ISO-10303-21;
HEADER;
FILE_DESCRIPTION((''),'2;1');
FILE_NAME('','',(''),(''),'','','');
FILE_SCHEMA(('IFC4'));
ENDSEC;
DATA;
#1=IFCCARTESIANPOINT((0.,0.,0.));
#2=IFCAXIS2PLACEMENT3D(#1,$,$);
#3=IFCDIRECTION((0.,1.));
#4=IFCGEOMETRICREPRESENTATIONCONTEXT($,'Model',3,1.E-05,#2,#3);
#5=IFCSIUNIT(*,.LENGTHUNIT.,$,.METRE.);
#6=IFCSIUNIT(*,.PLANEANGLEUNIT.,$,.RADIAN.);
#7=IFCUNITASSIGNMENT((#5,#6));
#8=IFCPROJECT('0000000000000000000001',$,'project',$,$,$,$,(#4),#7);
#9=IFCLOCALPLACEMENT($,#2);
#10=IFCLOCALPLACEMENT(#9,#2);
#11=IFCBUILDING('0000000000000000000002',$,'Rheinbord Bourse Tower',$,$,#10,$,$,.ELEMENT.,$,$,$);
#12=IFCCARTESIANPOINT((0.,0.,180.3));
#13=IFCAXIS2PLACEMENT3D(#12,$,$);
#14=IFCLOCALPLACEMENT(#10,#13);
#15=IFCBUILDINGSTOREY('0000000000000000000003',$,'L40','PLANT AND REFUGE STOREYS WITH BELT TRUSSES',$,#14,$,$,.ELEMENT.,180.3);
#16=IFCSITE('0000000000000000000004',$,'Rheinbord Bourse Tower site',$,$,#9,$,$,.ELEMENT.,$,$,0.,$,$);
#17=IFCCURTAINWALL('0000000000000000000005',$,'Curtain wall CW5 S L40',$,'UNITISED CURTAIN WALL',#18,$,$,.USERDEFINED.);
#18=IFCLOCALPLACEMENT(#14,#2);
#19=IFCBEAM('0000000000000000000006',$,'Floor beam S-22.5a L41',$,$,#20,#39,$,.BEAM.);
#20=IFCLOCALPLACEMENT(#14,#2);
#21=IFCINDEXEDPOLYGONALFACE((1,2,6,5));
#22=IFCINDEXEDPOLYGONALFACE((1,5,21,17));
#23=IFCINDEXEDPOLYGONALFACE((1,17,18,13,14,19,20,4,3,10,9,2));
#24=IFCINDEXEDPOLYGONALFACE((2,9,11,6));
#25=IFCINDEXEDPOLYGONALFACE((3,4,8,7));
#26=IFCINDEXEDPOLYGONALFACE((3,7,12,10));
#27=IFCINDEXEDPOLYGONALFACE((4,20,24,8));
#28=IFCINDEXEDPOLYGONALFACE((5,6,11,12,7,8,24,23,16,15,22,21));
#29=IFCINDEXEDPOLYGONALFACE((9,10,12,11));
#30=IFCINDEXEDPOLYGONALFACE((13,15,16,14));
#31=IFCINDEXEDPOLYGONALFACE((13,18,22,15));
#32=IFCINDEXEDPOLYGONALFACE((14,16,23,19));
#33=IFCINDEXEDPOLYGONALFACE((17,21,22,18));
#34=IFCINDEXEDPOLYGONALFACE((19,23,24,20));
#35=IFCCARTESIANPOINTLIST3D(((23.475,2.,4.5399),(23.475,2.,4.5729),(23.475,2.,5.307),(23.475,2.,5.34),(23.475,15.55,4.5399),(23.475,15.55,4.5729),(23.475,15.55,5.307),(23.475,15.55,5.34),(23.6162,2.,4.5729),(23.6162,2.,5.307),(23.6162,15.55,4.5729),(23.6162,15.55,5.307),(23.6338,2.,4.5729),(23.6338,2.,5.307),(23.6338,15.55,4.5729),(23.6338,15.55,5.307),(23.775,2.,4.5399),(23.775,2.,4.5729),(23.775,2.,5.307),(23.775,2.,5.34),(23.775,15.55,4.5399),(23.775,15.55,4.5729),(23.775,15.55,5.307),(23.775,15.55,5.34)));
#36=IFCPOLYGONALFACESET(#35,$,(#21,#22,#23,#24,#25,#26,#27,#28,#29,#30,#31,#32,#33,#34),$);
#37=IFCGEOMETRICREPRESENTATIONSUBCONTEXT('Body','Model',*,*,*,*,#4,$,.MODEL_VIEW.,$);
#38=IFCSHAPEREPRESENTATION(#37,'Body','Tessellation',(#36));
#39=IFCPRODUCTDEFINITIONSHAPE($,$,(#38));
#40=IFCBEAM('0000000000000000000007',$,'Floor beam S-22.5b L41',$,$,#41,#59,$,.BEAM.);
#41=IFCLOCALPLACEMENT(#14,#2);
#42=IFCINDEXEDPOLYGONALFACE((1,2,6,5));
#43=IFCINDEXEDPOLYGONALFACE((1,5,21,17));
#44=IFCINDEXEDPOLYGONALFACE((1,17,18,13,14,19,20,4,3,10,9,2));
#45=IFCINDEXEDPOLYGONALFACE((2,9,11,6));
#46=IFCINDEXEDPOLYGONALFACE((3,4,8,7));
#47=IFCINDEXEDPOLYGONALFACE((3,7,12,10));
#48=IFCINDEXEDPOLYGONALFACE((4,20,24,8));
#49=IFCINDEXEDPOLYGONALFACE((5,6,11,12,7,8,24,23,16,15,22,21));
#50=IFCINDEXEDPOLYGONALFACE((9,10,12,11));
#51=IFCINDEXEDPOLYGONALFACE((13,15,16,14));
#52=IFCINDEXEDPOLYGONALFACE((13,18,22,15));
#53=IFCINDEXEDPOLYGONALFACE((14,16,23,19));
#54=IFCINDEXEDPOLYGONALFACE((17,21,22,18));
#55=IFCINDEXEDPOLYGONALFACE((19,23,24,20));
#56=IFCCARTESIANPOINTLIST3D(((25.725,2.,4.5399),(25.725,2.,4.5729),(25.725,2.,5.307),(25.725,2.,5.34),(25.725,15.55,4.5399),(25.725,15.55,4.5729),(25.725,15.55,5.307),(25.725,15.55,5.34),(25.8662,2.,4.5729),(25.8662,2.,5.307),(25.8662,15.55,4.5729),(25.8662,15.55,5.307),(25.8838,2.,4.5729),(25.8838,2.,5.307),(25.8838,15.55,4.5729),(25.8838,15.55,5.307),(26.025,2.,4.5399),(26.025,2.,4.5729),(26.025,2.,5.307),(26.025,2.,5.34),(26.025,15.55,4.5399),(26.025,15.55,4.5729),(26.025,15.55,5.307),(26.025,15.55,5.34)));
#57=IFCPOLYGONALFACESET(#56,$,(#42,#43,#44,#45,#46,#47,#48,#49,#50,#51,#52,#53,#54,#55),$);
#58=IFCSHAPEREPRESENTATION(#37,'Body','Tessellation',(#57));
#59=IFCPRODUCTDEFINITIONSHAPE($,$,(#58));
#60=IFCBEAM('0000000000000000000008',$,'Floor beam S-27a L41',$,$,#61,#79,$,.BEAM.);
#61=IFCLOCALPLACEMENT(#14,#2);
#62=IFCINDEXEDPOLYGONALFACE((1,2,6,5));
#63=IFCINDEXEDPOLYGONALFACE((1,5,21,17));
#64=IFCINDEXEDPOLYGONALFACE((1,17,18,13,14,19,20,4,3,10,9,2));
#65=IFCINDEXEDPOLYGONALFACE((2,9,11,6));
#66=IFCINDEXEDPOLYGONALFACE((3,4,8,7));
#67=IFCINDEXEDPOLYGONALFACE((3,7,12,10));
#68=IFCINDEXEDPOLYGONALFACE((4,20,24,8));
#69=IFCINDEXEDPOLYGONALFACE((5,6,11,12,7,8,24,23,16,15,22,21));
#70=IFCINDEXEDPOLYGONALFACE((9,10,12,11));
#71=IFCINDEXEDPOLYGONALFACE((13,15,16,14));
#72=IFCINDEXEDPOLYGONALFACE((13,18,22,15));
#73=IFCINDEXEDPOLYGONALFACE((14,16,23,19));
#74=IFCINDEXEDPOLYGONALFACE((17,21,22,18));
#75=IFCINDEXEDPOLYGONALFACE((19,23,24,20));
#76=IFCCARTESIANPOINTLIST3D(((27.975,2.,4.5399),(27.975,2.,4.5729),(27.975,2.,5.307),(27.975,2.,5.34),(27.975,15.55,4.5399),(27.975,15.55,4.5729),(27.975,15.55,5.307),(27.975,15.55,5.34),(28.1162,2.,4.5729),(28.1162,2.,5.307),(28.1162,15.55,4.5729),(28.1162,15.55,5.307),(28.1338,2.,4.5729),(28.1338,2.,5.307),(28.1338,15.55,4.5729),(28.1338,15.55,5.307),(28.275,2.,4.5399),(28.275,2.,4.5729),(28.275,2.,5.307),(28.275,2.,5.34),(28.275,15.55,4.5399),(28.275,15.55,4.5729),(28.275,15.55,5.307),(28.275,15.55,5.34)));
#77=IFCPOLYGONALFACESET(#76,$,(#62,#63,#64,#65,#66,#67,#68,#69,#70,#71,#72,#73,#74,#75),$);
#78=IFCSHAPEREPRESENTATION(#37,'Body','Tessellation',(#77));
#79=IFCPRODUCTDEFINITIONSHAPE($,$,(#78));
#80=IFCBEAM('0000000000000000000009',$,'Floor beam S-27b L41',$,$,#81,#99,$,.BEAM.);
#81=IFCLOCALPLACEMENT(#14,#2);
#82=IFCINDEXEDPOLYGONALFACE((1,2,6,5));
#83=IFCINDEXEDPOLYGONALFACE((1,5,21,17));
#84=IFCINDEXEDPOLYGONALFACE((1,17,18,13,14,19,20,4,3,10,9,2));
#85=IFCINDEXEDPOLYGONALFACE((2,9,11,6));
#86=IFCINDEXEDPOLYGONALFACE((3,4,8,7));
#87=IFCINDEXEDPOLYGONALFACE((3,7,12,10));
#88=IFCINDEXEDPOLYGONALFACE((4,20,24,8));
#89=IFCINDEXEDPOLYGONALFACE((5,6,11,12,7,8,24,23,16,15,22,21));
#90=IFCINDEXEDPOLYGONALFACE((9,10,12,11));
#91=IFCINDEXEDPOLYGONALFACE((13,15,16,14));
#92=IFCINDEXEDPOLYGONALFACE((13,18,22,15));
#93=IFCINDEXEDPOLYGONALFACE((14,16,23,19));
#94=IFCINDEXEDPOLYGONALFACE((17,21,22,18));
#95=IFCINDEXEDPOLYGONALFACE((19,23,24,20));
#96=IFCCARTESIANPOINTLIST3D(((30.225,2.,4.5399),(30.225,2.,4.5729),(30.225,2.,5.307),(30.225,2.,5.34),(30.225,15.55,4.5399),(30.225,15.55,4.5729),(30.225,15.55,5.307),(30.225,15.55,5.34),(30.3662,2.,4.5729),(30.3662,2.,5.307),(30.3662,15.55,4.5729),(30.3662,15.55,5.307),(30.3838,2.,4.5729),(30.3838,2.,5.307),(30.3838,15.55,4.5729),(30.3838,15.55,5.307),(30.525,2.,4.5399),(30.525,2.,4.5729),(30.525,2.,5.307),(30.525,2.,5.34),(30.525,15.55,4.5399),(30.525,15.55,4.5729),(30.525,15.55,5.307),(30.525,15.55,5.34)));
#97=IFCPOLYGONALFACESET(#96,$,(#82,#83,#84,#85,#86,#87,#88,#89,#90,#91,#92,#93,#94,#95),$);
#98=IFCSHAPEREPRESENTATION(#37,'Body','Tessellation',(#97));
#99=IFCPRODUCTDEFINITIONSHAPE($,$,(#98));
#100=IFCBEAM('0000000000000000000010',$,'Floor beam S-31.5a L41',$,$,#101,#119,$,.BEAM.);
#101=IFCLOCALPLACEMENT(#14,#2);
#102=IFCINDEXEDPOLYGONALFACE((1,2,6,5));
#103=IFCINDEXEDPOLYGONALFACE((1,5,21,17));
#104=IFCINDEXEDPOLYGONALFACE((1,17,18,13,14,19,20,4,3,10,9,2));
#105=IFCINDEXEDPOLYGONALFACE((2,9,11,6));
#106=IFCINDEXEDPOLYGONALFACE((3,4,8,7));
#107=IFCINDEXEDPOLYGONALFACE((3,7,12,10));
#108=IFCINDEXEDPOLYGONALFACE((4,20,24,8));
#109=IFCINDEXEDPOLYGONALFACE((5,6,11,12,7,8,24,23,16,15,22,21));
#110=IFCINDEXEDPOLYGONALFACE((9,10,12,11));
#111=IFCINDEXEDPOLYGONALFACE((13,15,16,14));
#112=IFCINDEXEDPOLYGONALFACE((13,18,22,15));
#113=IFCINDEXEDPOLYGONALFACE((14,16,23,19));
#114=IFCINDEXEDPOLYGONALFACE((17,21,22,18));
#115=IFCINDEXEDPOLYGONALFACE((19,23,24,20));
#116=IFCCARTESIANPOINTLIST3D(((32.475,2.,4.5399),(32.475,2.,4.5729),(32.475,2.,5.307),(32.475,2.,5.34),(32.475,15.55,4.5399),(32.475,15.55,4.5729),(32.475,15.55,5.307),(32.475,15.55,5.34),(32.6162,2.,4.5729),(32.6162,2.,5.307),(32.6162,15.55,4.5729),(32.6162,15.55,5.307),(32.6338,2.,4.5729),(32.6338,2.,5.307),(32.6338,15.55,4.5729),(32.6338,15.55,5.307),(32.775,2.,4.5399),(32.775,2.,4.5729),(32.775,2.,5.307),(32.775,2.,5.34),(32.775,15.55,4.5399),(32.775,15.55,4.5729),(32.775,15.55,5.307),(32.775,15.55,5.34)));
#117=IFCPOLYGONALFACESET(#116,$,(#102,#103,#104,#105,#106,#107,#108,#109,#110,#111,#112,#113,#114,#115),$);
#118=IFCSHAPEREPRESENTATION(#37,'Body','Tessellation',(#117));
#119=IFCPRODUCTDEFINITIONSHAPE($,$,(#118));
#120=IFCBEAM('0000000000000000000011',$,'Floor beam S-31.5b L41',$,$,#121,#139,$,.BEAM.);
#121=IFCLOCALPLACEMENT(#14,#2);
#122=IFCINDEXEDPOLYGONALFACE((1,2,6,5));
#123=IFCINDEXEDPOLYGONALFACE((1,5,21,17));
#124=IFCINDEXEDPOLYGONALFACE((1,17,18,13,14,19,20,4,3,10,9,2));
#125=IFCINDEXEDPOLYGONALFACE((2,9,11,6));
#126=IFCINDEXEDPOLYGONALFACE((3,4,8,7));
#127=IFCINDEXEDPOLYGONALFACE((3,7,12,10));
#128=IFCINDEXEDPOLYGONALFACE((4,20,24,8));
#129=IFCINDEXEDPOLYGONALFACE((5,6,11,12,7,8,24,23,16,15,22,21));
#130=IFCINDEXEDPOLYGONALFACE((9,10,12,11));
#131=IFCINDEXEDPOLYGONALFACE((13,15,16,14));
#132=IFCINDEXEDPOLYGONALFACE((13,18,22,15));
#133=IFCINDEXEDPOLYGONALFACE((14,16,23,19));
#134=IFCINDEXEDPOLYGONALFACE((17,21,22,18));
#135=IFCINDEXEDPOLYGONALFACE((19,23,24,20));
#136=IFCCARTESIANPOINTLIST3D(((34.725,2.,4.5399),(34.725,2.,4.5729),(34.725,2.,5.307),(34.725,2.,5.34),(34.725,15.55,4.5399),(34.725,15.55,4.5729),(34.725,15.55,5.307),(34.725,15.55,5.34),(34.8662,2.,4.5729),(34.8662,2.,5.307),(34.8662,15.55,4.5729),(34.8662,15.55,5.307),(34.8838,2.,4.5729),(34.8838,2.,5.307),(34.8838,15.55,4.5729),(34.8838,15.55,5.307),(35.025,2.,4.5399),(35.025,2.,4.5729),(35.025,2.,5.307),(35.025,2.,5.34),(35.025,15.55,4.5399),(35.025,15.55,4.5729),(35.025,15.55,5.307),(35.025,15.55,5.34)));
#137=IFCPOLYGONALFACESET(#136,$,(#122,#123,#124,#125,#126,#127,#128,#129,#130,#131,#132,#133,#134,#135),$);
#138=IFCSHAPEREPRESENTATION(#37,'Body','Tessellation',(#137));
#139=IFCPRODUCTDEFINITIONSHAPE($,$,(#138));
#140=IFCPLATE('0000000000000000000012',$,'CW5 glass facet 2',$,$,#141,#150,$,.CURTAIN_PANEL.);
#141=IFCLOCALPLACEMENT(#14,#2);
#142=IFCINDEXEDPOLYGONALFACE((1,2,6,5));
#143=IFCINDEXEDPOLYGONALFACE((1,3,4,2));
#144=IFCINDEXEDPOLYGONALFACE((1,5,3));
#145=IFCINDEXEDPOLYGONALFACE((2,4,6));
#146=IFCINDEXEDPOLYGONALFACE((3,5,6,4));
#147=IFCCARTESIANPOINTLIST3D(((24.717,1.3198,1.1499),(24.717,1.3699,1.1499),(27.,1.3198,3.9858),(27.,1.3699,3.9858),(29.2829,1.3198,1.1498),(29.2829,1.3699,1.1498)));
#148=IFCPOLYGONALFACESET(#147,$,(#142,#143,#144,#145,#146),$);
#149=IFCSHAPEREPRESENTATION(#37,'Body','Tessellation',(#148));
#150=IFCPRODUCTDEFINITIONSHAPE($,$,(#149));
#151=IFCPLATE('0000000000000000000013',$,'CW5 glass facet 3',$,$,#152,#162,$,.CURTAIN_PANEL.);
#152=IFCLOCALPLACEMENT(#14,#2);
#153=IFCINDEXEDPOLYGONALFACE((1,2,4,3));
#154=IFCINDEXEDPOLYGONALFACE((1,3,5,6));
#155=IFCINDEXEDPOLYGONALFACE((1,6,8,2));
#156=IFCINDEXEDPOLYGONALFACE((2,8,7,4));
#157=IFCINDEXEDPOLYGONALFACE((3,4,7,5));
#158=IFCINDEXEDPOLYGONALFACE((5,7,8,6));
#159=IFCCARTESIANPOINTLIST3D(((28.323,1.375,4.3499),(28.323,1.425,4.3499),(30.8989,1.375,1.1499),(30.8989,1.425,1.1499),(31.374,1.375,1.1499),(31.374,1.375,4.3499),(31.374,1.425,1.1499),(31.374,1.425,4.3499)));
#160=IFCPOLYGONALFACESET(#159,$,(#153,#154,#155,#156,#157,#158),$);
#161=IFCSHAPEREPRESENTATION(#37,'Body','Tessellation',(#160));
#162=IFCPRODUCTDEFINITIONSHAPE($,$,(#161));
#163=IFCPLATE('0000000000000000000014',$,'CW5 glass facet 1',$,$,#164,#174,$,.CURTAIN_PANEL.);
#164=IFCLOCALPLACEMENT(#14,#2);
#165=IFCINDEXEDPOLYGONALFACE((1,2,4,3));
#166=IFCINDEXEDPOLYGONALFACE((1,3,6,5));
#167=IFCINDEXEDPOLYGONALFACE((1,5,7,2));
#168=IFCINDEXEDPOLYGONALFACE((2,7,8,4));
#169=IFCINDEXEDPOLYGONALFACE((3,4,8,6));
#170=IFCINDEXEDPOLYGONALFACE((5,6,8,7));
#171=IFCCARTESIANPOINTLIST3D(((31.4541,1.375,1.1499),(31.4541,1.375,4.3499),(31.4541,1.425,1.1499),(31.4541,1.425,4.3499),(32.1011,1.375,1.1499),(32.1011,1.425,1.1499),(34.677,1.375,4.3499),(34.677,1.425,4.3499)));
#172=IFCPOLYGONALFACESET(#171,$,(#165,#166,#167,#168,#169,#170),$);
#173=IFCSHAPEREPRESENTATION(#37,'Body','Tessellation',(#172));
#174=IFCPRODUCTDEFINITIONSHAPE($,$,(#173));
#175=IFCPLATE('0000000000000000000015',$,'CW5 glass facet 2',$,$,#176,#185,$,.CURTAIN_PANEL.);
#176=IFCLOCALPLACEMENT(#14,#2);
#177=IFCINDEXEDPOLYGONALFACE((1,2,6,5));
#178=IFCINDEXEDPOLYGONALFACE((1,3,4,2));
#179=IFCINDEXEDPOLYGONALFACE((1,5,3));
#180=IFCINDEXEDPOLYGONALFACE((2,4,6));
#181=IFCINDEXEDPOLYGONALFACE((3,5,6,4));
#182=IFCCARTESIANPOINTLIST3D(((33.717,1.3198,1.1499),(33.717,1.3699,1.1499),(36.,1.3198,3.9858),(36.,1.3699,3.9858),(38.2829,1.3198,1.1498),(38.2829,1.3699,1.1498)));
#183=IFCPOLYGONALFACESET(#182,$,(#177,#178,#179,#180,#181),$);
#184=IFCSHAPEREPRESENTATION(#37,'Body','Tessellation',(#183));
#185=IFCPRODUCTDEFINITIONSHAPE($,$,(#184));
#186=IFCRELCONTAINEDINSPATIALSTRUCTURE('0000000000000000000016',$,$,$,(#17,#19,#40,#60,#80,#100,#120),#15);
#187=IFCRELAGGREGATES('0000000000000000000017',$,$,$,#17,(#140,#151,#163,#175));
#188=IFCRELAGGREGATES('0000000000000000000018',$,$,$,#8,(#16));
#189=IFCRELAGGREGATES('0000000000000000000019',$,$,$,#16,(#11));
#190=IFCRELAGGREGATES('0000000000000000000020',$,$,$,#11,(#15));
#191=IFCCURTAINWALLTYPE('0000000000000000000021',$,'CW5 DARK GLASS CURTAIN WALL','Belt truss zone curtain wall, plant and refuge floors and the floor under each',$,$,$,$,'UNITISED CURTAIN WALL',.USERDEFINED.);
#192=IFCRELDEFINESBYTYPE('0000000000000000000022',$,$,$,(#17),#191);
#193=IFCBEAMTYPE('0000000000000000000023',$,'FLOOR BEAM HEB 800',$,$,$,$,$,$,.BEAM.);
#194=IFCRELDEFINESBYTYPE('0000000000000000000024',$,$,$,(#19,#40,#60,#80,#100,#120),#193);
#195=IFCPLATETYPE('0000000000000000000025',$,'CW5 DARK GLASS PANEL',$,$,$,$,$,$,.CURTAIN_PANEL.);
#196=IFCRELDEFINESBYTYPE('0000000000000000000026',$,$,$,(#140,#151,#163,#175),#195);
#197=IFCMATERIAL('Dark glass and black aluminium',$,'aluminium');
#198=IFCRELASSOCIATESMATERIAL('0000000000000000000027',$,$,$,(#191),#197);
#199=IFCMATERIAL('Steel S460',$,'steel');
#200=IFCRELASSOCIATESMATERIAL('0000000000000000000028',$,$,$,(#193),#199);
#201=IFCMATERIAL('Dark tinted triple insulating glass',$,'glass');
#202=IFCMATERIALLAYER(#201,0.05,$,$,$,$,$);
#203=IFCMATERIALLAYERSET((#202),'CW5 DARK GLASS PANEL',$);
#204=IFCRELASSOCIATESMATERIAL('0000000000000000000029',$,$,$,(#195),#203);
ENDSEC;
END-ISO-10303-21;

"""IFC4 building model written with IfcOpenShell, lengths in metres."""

from ifc_helpers import new_model, si_unit, direction, frame, origin, origin_2d, place, context, subcontext, project, spatial, polyline, i_section, outline, extrude, material, layer, layer_set, material_profile, profile_set, type_object, element, aggregate, save


model = new_model("IFC4")

# Units and contexts
model_context = context("Model", 3, precision=1e-05, world=origin(), true_north=direction((0.0, 1.0)))
body_context = subcontext(model_context, "Body", "Model", "MODEL_VIEW")
ifc_project = project(units=[si_unit("LENGTHUNIT", "METRE"), si_unit("PLANEANGLEUNIT", "RADIAN")], contexts=[model_context])

# Site, building, storey
site_placement = place(None, origin())
site = spatial("IfcSite", under=ifc_project, at=site_placement, Name="Rheinbord Bourse Tower site", CompositionType="ELEMENT", RefElevation=0.0)
building_placement = place(site_placement, origin())
building = spatial("IfcBuilding", under=site, at=building_placement, Name="Rheinbord Bourse Tower", CompositionType="ELEMENT")
storey_placement = place(building_placement, frame((0.0, 0.0, 180.3)))
storey = spatial("IfcBuildingStorey", under=building, at=storey_placement, Name="L40", Description="PLANT AND REFUGE STOREYS WITH BELT TRUSSES", CompositionType="ELEMENT", Elevation=180.3)

# Curtain wall
ifc_material_1 = material(Name="Dark glass and black aluminium", Category="aluminium")
curtain_wall_type = type_object("IfcCurtainWallType", Name="CW5 DARK GLASS CURTAIN WALL", Description="Belt truss zone curtain wall, plant and refuge floors and the floor under each", ElementType="UNITISED CURTAIN WALL", PredefinedType="USERDEFINED", material=ifc_material_1)
curtain_wall_placement = place(storey_placement, origin())
curtain_wall = element("IfcCurtainWall", 1, at=curtain_wall_placement, inside=storey, type_object=curtain_wall_type, Name="Curtain wall CW5 S L40", ObjectType="UNITISED CURTAIN WALL", PredefinedType="USERDEFINED")

# Beams
ifc_material_2 = material(Name="Steel S460", Category="steel")
ifc_material_profile_1 = material_profile(ifc_material_2, i_section(OverallWidth=0.3, OverallDepth=0.8, WebThickness=0.0176, FlangeThickness=0.033, at=origin_2d()), Name="HEB 800")
ifc_profile_set_1 = profile_set([ifc_material_profile_1], Name="Steel S460")
beam_type_1 = type_object("IfcBeamType", Name="FLOOR BEAM HEB 800", PredefinedType="BEAM", material=ifc_profile_set_1)
for number, where, z_axis, x_axis, name in (
    (2, (23.625, 2.0, 4.9399), (0.0, 1.0, 0.0), (-1.0, 0.0, 0.0), "Floor beam S-22.5a L41"),
    (3, (25.875, 2.0, 4.9399), (0.0, 1.0, 0.0), (-1.0, 0.0, 0.0), "Floor beam S-22.5b L41"),
    (4, (28.125, 2.0, 4.9399), (0.0, 1.0, 0.0), (-1.0, 0.0, 0.0), "Floor beam S-27a L41"),
    (5, (30.375, 2.0, 4.9399), (0.0, 1.0, 0.0), (-1.0, 0.0, 0.0), "Floor beam S-27b L41"),
    (6, (32.625, 2.0, 4.9399), (0.0, 1.0, 0.0), (-1.0, 0.0, 0.0), "Floor beam S-31.5a L41"),
    (7, (34.875, 2.0, 4.9399), (0.0, 1.0, 0.0), (-1.0, 0.0, 0.0), "Floor beam S-31.5b L41"),
):
    element("IfcBeam", number, at=place(storey_placement, frame(where, z_axis=z_axis, x_axis=x_axis)), inside=storey, type_object=beam_type_1, Name=name, PredefinedType="BEAM", context=body_context, shape_type="SweptSolid", body=[
        extrude(i_section(OverallWidth=0.3, OverallDepth=0.8, WebThickness=0.0176, FlangeThickness=0.033, at=origin_2d()), origin(), (0.0, 0.0, 1.0), 13.55),
    ])

# Plates
ifc_material_3 = material(Name="Dark tinted triple insulating glass", Category="glass")
ifc_layer = layer(ifc_material_3, 0.05)
ifc_layer_set = layer_set([ifc_layer], Name="CW5 DARK GLASS PANEL")
plate_type = type_object("IfcPlateType", Name="CW5 DARK GLASS PANEL", PredefinedType="CURTAIN_PANEL", material=ifc_layer_set)
plate_1_placement = place(storey_placement, frame((24.717, 1.3198, 1.1499), z_axis=(0.0, 1.0, 0.0), x_axis=(0.627072, 0.0, 0.778961)))
plate_1 = element("IfcPlate", 8, at=plate_1_placement, type_object=plate_type, Name="CW5 glass facet 2", PredefinedType="CURTAIN_PANEL", context=body_context, shape_type="SweptSolid", body=[
    extrude(outline(polyline([(0.0, 0.0), (3.6406, 0.0), (2.863, 3.5566), (0.0, 0.0)])), origin(), (0.0, 0.0, 1.0), 0.05),
])
plate_2_placement = place(storey_placement, frame((31.374, 1.375, 4.3499), z_axis=(0.0, 1.0, 0.0), x_axis=(0.0, 0.0, -1.0)))
plate_2 = element("IfcPlate", 9, at=plate_2_placement, type_object=plate_type, Name="CW5 glass facet 3", PredefinedType="CURTAIN_PANEL", context=body_context, shape_type="SweptSolid", body=[
    extrude(outline(polyline([(0.0, 0.0), (3.2, 0.0), (3.2, 0.4751), (0.0, 3.051), (0.0, 0.0)])), origin(), (0.0, 0.0, 1.0), 0.05),
])
plate_3_placement = place(storey_placement, frame((31.4541, 1.375, 1.1499), z_axis=(0.0, 1.0, 0.0), x_axis=(0.0, 0.0, 1.0)))
plate_3 = element("IfcPlate", 10, at=plate_3_placement, type_object=plate_type, Name="CW5 glass facet 1", PredefinedType="CURTAIN_PANEL", context=body_context, shape_type="SweptSolid", body=[
    extrude(outline(polyline([(0.0, 0.0), (3.2, 0.0), (3.2, 3.2229), (0.0, 0.647), (0.0, 0.0)])), origin(), (0.0, 0.0, 1.0), 0.05),
])
plate_4_placement = place(storey_placement, frame((33.717, 1.3198, 1.1499), z_axis=(0.0, 1.0, 0.0), x_axis=(0.627072, 0.0, 0.778961)))
plate_4 = element("IfcPlate", 11, at=plate_4_placement, type_object=plate_type, Name="CW5 glass facet 2", PredefinedType="CURTAIN_PANEL", context=body_context, shape_type="SweptSolid", body=[
    extrude(outline(polyline([(0.0, 0.0), (3.6406, 0.0), (2.863, 3.5566), (0.0, 0.0)])), origin(), (0.0, 0.0, 1.0), 0.05),
])
aggregate(curtain_wall, [plate_1, plate_2, plate_3, plate_4])

save(model, "model.ifc")
